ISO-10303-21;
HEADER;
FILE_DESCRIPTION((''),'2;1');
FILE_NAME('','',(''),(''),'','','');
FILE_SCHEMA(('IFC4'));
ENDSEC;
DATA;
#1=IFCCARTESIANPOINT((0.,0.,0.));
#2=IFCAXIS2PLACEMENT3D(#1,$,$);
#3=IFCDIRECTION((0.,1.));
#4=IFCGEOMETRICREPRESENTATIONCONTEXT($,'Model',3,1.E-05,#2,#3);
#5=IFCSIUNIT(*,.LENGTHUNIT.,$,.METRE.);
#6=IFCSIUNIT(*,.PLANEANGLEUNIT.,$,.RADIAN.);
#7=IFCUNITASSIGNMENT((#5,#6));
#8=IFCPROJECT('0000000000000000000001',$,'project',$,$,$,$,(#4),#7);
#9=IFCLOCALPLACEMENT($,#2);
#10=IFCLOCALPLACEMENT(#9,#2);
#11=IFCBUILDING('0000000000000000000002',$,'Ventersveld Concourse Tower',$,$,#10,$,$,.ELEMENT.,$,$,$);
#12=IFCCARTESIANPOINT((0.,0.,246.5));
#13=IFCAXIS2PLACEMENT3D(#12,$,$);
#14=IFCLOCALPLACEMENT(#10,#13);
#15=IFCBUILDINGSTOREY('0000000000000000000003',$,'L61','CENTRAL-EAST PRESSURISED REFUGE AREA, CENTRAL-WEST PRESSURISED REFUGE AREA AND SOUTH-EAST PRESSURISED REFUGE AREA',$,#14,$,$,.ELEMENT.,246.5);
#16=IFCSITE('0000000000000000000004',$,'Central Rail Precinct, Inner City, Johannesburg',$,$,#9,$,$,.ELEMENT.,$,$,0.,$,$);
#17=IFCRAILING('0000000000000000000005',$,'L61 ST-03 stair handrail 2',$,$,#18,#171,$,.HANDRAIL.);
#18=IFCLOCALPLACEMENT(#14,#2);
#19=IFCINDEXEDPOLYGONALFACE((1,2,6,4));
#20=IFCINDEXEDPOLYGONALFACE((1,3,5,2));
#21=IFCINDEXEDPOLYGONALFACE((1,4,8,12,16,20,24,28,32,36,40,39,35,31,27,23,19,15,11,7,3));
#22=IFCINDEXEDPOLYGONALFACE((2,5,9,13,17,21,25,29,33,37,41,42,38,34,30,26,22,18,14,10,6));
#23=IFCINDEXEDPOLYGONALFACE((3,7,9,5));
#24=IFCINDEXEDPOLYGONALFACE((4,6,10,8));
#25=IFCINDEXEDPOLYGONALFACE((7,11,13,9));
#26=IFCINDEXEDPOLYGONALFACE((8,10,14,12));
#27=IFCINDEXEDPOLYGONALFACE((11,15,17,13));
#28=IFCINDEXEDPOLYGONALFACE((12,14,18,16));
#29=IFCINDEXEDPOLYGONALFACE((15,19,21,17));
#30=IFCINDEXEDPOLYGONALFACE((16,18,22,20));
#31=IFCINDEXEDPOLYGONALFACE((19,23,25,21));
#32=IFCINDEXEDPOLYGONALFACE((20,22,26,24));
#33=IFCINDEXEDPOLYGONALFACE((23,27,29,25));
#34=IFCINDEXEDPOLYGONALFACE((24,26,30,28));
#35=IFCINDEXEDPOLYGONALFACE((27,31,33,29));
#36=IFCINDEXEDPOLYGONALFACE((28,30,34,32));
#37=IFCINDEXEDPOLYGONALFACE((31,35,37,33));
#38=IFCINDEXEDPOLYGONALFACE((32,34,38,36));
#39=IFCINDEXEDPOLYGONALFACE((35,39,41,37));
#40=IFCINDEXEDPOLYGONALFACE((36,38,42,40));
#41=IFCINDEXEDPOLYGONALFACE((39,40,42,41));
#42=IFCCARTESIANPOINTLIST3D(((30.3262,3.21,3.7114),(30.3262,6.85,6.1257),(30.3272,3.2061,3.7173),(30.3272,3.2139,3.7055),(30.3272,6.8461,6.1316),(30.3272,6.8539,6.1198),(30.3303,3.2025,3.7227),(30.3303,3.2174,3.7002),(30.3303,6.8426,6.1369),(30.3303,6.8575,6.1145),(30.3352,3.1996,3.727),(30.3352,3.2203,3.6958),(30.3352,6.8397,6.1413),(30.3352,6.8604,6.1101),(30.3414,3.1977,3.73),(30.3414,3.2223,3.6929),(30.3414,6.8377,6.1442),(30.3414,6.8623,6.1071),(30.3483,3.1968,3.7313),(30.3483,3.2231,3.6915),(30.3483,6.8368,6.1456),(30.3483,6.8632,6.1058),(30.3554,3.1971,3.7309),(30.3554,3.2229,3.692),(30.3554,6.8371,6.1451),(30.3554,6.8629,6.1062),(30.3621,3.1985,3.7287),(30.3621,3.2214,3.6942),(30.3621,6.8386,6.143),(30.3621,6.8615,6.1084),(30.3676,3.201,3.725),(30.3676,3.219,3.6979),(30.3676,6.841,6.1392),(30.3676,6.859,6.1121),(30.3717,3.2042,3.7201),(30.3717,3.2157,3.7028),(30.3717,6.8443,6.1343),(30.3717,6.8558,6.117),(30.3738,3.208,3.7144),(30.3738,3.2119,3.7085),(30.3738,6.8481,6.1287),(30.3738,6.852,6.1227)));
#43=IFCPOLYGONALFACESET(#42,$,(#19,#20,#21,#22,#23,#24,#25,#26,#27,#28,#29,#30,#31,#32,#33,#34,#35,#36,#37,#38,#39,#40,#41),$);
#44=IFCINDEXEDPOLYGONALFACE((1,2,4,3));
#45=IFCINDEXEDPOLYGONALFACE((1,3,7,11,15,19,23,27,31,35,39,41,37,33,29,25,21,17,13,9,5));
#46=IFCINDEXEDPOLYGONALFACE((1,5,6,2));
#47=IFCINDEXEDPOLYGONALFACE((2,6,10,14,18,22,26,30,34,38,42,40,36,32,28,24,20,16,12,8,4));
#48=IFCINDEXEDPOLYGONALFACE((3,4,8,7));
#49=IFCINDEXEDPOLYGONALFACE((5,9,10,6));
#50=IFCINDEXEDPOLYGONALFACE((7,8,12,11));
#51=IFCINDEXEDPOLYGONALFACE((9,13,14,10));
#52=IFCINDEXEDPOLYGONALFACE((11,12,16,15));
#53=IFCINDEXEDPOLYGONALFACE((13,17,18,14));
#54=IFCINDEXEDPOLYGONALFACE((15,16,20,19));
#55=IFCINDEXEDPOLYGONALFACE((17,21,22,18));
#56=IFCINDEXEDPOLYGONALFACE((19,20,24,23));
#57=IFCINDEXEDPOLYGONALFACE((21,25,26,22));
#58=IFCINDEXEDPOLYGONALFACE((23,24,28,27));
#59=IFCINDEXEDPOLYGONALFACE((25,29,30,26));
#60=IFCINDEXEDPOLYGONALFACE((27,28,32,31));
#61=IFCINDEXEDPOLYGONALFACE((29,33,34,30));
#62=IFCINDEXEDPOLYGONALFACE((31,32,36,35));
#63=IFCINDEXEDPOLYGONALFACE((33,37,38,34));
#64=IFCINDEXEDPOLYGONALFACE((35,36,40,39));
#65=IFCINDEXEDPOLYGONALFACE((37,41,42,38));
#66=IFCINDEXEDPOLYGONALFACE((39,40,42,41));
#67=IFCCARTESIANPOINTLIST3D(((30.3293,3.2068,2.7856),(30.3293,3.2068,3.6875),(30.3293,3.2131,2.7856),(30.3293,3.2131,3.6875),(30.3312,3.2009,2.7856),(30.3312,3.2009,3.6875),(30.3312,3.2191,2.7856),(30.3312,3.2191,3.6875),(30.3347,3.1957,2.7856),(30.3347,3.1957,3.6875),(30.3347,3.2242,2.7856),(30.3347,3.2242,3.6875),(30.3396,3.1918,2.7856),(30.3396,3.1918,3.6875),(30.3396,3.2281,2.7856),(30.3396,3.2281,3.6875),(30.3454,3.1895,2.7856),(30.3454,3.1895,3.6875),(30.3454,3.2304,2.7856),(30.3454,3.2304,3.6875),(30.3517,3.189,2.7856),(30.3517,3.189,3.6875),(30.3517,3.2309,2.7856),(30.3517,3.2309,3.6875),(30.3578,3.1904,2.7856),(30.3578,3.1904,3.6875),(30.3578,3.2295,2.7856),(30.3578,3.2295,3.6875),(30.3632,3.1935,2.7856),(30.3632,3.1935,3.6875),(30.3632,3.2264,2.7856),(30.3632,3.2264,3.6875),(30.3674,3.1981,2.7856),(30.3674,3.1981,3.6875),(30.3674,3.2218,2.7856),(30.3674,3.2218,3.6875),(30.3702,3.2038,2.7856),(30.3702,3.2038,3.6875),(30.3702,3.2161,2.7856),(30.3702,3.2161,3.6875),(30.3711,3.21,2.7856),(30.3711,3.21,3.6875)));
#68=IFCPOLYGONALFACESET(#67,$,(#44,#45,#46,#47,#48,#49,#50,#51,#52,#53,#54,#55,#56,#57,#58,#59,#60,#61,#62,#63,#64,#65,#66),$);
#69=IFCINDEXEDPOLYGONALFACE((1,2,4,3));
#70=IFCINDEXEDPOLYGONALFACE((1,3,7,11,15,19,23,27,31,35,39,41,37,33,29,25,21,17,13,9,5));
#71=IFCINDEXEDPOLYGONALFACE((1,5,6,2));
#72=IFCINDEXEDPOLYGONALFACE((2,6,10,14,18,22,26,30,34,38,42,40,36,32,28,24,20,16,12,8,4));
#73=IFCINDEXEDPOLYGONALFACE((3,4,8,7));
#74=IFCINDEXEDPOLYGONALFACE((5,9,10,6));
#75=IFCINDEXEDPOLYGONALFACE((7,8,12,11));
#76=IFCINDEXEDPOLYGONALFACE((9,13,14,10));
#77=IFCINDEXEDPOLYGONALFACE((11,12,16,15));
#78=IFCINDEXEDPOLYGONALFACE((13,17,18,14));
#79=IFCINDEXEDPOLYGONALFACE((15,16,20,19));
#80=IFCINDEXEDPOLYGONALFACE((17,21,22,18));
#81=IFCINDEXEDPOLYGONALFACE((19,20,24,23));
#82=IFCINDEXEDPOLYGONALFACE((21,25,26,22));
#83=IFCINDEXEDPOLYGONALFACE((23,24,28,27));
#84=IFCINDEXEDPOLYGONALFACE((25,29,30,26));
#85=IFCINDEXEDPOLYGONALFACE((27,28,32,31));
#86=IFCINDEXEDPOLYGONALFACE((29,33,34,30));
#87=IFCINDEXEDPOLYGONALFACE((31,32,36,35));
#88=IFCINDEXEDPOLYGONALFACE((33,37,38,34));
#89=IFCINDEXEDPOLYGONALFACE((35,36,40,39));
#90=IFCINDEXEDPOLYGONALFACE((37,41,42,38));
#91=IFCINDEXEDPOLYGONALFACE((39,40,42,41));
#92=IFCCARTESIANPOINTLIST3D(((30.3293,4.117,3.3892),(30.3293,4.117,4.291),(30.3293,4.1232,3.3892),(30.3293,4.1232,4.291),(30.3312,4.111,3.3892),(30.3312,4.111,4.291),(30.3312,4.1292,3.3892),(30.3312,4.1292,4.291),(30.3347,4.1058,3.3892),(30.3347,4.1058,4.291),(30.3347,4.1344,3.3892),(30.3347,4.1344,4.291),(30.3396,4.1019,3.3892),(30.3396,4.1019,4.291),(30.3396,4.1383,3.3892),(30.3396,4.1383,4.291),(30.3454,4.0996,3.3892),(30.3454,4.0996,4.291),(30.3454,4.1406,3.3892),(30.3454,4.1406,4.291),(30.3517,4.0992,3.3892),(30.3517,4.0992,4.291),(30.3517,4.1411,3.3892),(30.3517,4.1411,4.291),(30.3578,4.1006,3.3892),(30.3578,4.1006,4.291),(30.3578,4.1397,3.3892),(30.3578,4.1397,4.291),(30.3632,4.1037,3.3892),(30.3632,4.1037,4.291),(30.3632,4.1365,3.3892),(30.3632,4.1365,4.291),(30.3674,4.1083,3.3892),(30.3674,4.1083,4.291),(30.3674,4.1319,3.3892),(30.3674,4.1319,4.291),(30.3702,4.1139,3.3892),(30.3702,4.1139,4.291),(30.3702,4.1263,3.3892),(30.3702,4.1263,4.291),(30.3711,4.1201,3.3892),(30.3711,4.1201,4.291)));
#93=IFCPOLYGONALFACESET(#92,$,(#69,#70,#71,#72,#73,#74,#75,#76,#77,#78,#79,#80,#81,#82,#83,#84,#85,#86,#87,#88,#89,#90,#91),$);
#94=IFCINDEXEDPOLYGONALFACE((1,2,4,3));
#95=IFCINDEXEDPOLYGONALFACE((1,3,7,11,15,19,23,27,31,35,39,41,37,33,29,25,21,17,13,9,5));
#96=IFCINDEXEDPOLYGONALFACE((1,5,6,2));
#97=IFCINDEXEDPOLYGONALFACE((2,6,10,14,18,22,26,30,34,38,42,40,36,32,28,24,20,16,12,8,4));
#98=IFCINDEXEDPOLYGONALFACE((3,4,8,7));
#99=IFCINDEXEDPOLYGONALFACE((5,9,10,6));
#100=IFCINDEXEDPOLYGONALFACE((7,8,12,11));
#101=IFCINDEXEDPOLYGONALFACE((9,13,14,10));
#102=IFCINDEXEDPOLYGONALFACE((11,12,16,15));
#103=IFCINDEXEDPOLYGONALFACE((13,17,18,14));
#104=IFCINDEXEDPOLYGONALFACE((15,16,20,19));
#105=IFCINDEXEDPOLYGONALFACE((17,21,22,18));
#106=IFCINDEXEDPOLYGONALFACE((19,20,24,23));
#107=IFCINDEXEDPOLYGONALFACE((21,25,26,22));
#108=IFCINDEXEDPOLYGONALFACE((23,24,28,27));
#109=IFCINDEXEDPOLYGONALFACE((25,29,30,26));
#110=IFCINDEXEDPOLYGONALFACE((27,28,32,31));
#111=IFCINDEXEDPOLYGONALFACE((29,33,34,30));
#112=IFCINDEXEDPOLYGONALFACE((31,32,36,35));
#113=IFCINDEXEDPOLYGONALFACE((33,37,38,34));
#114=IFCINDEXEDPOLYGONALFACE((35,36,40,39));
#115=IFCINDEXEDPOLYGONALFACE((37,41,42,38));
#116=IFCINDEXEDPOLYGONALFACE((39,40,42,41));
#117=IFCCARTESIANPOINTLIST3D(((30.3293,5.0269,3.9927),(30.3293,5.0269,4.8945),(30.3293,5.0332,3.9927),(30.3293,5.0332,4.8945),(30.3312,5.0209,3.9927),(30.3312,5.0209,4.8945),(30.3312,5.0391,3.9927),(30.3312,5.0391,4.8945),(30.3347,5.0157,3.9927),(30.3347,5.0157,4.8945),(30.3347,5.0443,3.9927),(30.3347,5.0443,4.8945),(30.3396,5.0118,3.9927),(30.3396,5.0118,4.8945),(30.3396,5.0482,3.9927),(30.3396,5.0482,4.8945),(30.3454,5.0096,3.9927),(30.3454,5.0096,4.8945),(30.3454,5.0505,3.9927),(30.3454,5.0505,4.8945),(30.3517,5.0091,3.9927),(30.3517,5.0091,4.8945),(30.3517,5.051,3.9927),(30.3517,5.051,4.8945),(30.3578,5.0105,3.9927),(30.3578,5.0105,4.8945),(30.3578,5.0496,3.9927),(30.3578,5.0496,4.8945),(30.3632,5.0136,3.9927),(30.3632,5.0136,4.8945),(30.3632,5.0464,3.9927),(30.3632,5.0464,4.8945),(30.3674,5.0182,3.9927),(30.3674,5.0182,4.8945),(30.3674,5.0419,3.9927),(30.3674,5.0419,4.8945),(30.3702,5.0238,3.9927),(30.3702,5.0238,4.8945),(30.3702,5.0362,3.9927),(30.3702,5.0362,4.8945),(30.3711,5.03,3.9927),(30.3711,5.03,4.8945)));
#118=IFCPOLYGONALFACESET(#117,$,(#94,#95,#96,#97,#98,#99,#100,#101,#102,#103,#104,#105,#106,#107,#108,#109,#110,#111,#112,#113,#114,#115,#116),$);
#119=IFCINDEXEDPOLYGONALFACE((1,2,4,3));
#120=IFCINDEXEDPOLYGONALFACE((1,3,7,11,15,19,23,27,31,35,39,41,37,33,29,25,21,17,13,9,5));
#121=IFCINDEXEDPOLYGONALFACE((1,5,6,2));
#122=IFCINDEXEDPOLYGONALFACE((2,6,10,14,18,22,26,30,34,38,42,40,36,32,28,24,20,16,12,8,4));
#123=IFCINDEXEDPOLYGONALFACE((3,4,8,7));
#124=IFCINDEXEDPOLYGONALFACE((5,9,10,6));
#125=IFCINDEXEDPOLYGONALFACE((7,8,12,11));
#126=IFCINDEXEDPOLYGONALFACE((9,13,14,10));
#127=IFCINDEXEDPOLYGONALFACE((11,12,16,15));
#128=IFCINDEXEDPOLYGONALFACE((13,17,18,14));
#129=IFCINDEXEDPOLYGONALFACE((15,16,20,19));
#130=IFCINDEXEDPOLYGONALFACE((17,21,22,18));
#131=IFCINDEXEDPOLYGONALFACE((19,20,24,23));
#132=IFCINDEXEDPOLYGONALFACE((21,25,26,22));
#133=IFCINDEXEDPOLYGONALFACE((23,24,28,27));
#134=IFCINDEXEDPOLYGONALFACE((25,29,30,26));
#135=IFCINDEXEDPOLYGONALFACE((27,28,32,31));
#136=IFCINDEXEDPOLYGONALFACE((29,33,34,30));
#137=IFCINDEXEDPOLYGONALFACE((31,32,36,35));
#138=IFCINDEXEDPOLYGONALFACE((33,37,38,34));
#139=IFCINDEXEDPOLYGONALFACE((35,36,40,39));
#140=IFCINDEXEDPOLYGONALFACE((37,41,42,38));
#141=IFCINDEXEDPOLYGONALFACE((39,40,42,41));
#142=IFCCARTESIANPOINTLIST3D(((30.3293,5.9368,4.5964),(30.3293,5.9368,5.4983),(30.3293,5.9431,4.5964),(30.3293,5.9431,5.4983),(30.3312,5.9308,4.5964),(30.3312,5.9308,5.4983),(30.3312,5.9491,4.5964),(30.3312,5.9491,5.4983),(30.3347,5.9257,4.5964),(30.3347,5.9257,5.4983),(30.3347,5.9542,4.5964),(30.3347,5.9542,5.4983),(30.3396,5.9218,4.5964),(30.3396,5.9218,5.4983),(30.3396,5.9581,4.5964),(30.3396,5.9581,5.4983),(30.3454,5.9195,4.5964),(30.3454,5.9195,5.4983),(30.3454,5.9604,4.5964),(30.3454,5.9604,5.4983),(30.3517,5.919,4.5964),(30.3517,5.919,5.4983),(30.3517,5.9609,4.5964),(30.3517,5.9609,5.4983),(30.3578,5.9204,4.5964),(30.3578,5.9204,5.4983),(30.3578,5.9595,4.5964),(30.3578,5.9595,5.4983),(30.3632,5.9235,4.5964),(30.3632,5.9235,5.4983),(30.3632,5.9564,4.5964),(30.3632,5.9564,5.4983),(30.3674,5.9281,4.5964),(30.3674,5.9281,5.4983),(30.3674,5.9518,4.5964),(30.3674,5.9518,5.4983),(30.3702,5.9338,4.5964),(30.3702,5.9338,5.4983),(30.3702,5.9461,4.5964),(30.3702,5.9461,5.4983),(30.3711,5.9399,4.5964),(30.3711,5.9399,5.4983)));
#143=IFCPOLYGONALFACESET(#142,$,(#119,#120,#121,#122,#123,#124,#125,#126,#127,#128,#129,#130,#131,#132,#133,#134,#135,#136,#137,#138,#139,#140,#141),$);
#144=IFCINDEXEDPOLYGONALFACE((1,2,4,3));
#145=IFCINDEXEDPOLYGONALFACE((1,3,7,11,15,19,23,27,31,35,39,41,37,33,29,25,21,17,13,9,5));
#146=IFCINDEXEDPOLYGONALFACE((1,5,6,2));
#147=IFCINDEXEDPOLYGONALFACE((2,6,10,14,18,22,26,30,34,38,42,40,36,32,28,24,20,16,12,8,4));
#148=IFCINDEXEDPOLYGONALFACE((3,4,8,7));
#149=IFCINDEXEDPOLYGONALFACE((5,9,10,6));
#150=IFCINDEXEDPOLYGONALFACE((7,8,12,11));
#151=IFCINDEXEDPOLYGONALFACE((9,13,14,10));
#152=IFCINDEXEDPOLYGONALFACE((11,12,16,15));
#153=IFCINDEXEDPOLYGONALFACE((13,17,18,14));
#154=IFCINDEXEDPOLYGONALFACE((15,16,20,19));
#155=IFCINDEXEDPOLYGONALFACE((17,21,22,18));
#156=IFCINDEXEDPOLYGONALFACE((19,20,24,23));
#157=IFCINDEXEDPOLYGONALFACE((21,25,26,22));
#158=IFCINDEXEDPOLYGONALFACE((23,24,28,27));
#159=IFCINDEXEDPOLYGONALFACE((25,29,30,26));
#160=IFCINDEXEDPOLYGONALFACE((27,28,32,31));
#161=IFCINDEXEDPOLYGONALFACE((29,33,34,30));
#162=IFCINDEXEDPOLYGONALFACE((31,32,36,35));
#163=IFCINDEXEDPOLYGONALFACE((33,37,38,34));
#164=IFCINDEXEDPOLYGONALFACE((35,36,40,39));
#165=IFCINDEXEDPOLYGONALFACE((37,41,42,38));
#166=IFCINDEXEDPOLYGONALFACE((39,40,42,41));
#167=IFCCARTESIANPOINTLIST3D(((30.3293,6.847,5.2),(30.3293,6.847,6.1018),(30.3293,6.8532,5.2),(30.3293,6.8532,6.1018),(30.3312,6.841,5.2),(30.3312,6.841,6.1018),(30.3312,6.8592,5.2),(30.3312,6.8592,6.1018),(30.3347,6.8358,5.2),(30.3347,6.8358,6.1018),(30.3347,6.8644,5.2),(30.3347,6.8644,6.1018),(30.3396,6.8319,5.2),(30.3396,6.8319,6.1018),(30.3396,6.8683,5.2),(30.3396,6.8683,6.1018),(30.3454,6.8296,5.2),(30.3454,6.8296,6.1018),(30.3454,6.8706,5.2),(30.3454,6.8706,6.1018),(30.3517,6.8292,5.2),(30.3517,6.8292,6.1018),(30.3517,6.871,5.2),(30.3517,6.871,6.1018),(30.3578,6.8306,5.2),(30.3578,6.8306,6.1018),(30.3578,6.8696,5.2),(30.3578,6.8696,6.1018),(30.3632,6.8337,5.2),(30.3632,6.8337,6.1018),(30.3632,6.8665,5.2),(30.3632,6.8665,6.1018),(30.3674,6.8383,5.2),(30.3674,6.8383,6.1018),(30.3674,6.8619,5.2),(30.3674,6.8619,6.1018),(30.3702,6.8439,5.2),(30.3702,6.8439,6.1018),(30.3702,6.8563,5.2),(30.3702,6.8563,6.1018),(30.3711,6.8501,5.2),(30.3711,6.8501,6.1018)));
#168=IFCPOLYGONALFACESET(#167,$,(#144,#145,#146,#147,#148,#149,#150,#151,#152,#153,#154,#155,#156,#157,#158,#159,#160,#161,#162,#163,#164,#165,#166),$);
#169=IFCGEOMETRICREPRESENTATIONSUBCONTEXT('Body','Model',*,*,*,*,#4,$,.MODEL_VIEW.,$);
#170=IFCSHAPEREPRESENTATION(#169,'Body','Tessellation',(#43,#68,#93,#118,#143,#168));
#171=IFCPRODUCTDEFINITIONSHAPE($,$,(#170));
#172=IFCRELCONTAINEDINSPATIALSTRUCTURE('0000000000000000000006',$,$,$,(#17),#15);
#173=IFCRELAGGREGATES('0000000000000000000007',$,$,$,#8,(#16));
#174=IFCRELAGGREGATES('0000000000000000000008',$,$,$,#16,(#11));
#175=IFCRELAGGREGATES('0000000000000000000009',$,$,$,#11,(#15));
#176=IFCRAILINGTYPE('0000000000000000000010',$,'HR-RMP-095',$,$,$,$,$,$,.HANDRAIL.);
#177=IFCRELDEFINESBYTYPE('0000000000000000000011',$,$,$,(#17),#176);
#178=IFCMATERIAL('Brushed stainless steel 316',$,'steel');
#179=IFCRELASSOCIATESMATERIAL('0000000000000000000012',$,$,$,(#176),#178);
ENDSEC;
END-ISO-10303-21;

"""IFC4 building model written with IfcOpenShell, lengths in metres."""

from ifc_helpers import new_model, si_unit, direction, frame, origin, origin_2d, place, context, subcontext, project, spatial, circle, extrude, material, type_object, element, save


model = new_model("IFC4")

# Units and contexts
model_context = context("Model", 3, precision=1e-05, world=origin(), true_north=direction((0.0, 1.0)))
body_context = subcontext(model_context, "Body", "Model", "MODEL_VIEW")
ifc_project = project(units=[si_unit("LENGTHUNIT", "METRE"), si_unit("PLANEANGLEUNIT", "RADIAN")], contexts=[model_context])

# Site, building, storey
site_placement = place(None, origin())
site = spatial("IfcSite", under=ifc_project, at=site_placement, Name="Central Rail Precinct, Inner City, Johannesburg", CompositionType="ELEMENT", RefElevation=0.0)
building_placement = place(site_placement, origin())
building = spatial("IfcBuilding", under=site, at=building_placement, Name="Ventersveld Concourse Tower", CompositionType="ELEMENT")
storey_placement = place(building_placement, frame((0.0, 0.0, 246.5)))
storey = spatial("IfcBuildingStorey", under=building, at=storey_placement, Name="L61", Description="CENTRAL-EAST PRESSURISED REFUGE AREA, CENTRAL-WEST PRESSURISED REFUGE AREA AND SOUTH-EAST PRESSURISED REFUGE AREA", CompositionType="ELEMENT", Elevation=246.5)

# Railing
ifc_material_1 = material(Name="Brushed stainless steel 316", Category="steel")
railing_type_1 = type_object("IfcRailingType", Name="HR-RMP-095", PredefinedType="HANDRAIL", material=ifc_material_1)
railing_1_placement = place(storey_placement, frame((30.3501, 3.21, 2.7856)))
element("IfcRailing", 1, at=railing_1_placement, inside=storey, type_object=railing_type_1, Name="L61 ST-03 stair handrail 2", PredefinedType="HANDRAIL", context=body_context, shape_type="SweptSolid", body=[
    extrude(circle(Radius=0.0239, at=origin_2d()), frame((0.0, 0.0, 0.9258), z_axis=(0.0, 0.833364, 0.552725), x_axis=(-1.0, 0.0, 0.0)), (0.0, 0.0, 1.0), 4.3679),
    extrude(circle(Radius=0.021, at=origin_2d()), origin(), (0.0, 0.0, 1.0), 0.9019),
    extrude(circle(Radius=0.021, at=origin_2d()), frame((0.0, 0.9102, 0.6035)), (0.0, 0.0, 1.0), 0.9019),
    extrude(circle(Radius=0.021, at=origin_2d()), frame((0.0, 1.8201, 1.207)), (0.0, 0.0, 1.0), 0.9019),
    extrude(circle(Radius=0.021, at=origin_2d()), frame((0.0, 2.73, 1.8108)), (0.0, 0.0, 1.0), 0.9019),
    extrude(circle(Radius=0.021, at=origin_2d()), frame((0.0, 3.6401, 2.4143)), (0.0, 0.0, 1.0), 0.9019),
])

save(model, "model.ifc")
